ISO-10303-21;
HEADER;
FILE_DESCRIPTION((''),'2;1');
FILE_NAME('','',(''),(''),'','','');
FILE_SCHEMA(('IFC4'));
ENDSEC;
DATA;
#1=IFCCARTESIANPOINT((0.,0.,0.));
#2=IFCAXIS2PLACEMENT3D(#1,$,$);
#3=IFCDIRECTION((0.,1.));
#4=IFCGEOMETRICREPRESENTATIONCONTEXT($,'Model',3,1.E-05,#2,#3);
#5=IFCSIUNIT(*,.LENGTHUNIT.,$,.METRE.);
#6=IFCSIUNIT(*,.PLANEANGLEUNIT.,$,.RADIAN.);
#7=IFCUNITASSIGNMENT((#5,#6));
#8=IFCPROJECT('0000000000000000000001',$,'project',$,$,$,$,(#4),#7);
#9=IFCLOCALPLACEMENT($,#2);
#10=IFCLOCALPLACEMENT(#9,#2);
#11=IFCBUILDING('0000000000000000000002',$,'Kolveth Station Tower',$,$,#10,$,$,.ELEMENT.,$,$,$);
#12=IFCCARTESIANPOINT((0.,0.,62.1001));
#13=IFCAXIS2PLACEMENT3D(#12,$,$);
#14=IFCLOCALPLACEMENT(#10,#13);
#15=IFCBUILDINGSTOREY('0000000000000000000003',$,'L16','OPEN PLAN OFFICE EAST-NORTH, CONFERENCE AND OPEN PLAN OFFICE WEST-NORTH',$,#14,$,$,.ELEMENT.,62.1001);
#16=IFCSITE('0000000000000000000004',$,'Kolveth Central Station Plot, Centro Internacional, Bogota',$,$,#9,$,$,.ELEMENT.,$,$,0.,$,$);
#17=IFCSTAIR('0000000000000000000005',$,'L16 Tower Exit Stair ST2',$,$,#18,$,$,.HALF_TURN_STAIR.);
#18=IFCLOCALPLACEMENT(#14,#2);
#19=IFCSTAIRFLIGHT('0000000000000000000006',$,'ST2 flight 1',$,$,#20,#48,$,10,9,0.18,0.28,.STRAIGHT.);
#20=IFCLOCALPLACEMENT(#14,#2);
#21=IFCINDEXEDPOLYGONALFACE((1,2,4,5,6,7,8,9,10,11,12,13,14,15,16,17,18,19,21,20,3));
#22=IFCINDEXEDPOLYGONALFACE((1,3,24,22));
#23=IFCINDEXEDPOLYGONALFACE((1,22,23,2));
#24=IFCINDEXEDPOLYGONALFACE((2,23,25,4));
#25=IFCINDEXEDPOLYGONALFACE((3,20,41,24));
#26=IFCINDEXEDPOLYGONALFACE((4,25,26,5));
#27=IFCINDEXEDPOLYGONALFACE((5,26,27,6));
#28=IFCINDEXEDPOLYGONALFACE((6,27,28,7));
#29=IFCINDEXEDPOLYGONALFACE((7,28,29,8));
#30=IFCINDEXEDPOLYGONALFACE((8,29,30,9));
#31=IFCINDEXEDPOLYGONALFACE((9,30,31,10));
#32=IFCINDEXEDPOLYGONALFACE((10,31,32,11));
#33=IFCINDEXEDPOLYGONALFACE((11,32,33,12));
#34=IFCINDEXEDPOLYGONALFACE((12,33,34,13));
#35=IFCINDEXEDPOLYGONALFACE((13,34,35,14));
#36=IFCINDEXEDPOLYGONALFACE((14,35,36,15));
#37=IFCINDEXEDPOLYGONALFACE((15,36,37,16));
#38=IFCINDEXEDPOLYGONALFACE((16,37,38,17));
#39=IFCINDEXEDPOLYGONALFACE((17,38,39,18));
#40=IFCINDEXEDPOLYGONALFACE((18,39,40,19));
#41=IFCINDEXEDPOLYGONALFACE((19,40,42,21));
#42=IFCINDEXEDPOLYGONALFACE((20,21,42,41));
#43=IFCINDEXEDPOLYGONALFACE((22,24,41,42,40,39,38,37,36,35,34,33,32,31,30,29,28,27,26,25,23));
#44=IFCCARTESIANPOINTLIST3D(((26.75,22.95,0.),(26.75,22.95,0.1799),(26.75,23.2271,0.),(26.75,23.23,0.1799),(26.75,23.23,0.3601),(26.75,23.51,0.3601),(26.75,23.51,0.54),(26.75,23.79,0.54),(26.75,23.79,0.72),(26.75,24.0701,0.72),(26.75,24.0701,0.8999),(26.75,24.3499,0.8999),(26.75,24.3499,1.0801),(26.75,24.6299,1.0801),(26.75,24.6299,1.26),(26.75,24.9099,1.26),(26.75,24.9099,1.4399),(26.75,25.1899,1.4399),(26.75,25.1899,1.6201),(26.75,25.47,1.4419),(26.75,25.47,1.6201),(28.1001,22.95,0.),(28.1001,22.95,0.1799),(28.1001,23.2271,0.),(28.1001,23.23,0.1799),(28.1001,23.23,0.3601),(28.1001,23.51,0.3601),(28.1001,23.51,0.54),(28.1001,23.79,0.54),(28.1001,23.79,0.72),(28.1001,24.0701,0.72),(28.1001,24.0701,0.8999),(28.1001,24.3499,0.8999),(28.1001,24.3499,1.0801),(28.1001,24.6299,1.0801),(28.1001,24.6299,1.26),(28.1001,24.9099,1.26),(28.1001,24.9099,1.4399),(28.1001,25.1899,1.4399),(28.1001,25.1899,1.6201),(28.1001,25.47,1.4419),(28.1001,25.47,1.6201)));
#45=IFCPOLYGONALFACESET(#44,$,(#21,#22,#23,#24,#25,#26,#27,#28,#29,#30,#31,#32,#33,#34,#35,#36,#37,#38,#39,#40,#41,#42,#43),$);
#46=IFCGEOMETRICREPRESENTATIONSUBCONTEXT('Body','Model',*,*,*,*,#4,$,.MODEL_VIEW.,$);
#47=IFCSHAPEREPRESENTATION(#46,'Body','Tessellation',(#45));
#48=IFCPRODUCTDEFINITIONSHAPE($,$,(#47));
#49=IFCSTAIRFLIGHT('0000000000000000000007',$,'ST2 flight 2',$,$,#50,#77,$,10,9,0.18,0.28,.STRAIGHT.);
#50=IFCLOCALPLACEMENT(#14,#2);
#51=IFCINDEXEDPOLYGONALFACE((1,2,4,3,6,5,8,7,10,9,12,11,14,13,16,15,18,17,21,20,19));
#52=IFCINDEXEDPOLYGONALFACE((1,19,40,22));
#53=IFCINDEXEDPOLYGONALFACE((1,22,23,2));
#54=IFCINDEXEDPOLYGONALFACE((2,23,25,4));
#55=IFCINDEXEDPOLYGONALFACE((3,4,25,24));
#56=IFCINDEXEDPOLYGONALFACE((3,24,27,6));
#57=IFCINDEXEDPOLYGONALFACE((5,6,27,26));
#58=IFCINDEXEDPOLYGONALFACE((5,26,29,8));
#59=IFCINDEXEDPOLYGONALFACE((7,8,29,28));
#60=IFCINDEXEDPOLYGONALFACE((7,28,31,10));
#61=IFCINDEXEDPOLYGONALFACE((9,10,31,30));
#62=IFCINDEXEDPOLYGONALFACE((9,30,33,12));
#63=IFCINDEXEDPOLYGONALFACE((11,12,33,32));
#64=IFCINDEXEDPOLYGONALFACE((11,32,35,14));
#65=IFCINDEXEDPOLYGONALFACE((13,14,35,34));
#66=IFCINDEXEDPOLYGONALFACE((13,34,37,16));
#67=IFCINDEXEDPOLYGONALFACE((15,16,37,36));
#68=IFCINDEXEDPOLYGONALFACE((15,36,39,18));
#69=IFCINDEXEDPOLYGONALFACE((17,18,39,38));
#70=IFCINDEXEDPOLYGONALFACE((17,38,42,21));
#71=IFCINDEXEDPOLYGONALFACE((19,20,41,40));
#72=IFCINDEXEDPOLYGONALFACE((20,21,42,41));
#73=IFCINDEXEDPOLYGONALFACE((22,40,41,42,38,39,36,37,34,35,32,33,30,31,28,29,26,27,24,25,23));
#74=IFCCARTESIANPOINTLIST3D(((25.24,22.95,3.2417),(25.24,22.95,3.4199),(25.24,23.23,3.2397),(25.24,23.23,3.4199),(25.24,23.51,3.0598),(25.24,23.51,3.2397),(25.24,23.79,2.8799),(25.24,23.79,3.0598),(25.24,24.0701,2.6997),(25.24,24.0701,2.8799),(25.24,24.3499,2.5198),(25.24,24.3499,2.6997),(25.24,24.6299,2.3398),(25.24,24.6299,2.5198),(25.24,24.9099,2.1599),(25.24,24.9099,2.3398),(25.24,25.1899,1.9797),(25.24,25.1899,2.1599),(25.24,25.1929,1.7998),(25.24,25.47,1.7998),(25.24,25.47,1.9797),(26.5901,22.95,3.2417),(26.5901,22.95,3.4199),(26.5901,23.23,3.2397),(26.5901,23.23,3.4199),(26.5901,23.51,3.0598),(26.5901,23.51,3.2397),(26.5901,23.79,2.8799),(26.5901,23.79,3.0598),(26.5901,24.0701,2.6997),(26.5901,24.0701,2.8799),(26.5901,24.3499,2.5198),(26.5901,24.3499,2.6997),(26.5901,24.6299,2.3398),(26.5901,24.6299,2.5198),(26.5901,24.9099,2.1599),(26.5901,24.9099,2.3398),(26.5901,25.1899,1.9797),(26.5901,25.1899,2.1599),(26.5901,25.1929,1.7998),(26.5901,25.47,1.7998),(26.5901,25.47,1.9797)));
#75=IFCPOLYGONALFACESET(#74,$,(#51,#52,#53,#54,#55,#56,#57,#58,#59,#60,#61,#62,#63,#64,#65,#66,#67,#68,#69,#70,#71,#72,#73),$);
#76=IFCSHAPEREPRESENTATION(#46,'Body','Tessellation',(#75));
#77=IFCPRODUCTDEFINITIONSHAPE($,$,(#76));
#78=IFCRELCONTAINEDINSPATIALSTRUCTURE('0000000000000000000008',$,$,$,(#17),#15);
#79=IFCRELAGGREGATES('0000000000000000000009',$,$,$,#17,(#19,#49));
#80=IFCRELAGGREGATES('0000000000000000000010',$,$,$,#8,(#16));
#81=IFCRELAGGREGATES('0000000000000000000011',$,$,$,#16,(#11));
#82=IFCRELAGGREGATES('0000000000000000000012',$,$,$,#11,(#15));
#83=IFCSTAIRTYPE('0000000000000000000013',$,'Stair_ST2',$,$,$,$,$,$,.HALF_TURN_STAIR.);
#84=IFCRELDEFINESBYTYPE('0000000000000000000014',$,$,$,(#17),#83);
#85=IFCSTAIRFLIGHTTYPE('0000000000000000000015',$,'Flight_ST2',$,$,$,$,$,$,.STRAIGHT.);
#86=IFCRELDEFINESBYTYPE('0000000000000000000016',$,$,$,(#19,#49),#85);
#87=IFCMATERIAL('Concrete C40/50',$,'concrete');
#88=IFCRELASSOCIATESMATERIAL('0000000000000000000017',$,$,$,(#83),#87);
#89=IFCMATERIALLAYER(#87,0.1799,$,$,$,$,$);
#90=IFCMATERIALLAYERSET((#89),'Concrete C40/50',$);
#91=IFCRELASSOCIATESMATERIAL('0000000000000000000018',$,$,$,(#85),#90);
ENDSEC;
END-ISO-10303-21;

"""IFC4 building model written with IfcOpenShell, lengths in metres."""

from ifc_helpers import new_model, si_unit, direction, frame, origin, place, context, subcontext, project, spatial, polyline, outline, extrude, material, layer, layer_set, type_object, element, aggregate, save


model = new_model("IFC4")

# Units and contexts
model_context = context("Model", 3, precision=1e-05, world=origin(), true_north=direction((0.0, 1.0)))
body_context = subcontext(model_context, "Body", "Model", "MODEL_VIEW")
ifc_project = project(units=[si_unit("LENGTHUNIT", "METRE"), si_unit("PLANEANGLEUNIT", "RADIAN")], contexts=[model_context])

# Site, building, storey
site_placement = place(None, origin())
site = spatial("IfcSite", under=ifc_project, at=site_placement, Name="Kolveth Central Station Plot, Centro Internacional, Bogota", CompositionType="ELEMENT", RefElevation=0.0)
building_placement = place(site_placement, origin())
building = spatial("IfcBuilding", under=site, at=building_placement, Name="Kolveth Station Tower", CompositionType="ELEMENT")
storey_placement = place(building_placement, frame((0.0, 0.0, 62.1001)))
storey = spatial("IfcBuildingStorey", under=building, at=storey_placement, Name="L16", Description="OPEN PLAN OFFICE EAST-NORTH, CONFERENCE AND OPEN PLAN OFFICE WEST-NORTH", CompositionType="ELEMENT", Elevation=62.1001)

# Shared definitions
ifc_material_1 = material(Name="Concrete C40/50", Category="concrete")

# Stair, stair flights
stair_type = type_object("IfcStairType", Name="Stair_ST2", PredefinedType="HALF_TURN_STAIR", material=ifc_material_1)
stair_placement = place(storey_placement, origin())
stair = element("IfcStair", 1, at=stair_placement, inside=storey, type_object=stair_type, Name="L16 Tower Exit Stair ST2", PredefinedType="HALF_TURN_STAIR")
ifc_layer_1 = layer(ifc_material_1, 0.1799)
ifc_layer_set_1 = layer_set([ifc_layer_1], Name="Concrete C40/50")
stair_flight_type = type_object("IfcStairFlightType", Name="Flight_ST2", PredefinedType="STRAIGHT", material=ifc_layer_set_1)
stair_flight_1_placement = place(storey_placement, frame((27.425, 22.95, 0.0), z_axis=(0.0, 0.0, 1.0), x_axis=(0.0, 1.0, 0.0)))
stair_flight_1 = element("IfcStairFlight", 2, at=stair_flight_1_placement, type_object=stair_flight_type, Name="ST2 flight 1", NumberOfRisers=10, NumberOfTreads=9, PredefinedType="STRAIGHT", RiserHeight=0.18, TreadLength=0.28, context=body_context, shape_type="SweptSolid", body=[
    extrude(outline(polyline([(0.0, 0.0), (0.0, 0.1799), (0.28, 0.1799), (0.28, 0.3601), (0.5601, 0.3601), (0.5601, 0.54), (0.8401, 0.54), (0.8401, 0.72), (1.1201, 0.72), (1.1201, 0.8999), (1.3999, 0.8999), (1.3999, 1.0801), (1.6799, 1.0801), (1.6799, 1.26), (1.96, 1.26), (1.96, 1.4399), (2.24, 1.4399), (2.24, 1.6201), (2.52, 1.6201), (2.52, 1.8), (2.52, 1.4419), (0.2771, 0.0), (0.0, 0.0)])), frame((0.0, 0.675, 0.0), z_axis=(0.0, -1.0, 0.0), x_axis=(1.0, 0.0, 0.0)), (0.0, 0.0, 1.0), 1.3501),
])
stair_flight_2_placement = place(storey_placement, frame((25.915, 25.47, 1.7998), z_axis=(0.0, 0.0, 1.0), x_axis=(0.0, -1.0, 0.0)))
stair_flight_2 = element("IfcStairFlight", 3, at=stair_flight_2_placement, type_object=stair_flight_type, Name="ST2 flight 2", NumberOfRisers=10, NumberOfTreads=9, PredefinedType="STRAIGHT", RiserHeight=0.18, TreadLength=0.28, context=body_context, shape_type="SweptSolid", body=[
    extrude(outline(polyline([(0.0, 0.0), (0.0, 0.1799), (0.28, 0.1799), (0.28, 0.3601), (0.5601, 0.3601), (0.5601, 0.54), (0.8401, 0.54), (0.8401, 0.72), (1.1201, 0.72), (1.1201, 0.8999), (1.3999, 0.8999), (1.3999, 1.0801), (1.6799, 1.0801), (1.6799, 1.26), (1.96, 1.26), (1.96, 1.4399), (2.24, 1.4399), (2.24, 1.6201), (2.52, 1.6201), (2.52, 1.8), (2.52, 1.4419), (0.2771, 0.0), (0.0, 0.0)])), frame((0.0, 0.675, 0.0), z_axis=(0.0, -1.0, 0.0), x_axis=(1.0, 0.0, 0.0)), (0.0, 0.0, 1.0), 1.3501),
])
aggregate(stair, [stair_flight_1, stair_flight_2])

save(model, "model.ifc")
